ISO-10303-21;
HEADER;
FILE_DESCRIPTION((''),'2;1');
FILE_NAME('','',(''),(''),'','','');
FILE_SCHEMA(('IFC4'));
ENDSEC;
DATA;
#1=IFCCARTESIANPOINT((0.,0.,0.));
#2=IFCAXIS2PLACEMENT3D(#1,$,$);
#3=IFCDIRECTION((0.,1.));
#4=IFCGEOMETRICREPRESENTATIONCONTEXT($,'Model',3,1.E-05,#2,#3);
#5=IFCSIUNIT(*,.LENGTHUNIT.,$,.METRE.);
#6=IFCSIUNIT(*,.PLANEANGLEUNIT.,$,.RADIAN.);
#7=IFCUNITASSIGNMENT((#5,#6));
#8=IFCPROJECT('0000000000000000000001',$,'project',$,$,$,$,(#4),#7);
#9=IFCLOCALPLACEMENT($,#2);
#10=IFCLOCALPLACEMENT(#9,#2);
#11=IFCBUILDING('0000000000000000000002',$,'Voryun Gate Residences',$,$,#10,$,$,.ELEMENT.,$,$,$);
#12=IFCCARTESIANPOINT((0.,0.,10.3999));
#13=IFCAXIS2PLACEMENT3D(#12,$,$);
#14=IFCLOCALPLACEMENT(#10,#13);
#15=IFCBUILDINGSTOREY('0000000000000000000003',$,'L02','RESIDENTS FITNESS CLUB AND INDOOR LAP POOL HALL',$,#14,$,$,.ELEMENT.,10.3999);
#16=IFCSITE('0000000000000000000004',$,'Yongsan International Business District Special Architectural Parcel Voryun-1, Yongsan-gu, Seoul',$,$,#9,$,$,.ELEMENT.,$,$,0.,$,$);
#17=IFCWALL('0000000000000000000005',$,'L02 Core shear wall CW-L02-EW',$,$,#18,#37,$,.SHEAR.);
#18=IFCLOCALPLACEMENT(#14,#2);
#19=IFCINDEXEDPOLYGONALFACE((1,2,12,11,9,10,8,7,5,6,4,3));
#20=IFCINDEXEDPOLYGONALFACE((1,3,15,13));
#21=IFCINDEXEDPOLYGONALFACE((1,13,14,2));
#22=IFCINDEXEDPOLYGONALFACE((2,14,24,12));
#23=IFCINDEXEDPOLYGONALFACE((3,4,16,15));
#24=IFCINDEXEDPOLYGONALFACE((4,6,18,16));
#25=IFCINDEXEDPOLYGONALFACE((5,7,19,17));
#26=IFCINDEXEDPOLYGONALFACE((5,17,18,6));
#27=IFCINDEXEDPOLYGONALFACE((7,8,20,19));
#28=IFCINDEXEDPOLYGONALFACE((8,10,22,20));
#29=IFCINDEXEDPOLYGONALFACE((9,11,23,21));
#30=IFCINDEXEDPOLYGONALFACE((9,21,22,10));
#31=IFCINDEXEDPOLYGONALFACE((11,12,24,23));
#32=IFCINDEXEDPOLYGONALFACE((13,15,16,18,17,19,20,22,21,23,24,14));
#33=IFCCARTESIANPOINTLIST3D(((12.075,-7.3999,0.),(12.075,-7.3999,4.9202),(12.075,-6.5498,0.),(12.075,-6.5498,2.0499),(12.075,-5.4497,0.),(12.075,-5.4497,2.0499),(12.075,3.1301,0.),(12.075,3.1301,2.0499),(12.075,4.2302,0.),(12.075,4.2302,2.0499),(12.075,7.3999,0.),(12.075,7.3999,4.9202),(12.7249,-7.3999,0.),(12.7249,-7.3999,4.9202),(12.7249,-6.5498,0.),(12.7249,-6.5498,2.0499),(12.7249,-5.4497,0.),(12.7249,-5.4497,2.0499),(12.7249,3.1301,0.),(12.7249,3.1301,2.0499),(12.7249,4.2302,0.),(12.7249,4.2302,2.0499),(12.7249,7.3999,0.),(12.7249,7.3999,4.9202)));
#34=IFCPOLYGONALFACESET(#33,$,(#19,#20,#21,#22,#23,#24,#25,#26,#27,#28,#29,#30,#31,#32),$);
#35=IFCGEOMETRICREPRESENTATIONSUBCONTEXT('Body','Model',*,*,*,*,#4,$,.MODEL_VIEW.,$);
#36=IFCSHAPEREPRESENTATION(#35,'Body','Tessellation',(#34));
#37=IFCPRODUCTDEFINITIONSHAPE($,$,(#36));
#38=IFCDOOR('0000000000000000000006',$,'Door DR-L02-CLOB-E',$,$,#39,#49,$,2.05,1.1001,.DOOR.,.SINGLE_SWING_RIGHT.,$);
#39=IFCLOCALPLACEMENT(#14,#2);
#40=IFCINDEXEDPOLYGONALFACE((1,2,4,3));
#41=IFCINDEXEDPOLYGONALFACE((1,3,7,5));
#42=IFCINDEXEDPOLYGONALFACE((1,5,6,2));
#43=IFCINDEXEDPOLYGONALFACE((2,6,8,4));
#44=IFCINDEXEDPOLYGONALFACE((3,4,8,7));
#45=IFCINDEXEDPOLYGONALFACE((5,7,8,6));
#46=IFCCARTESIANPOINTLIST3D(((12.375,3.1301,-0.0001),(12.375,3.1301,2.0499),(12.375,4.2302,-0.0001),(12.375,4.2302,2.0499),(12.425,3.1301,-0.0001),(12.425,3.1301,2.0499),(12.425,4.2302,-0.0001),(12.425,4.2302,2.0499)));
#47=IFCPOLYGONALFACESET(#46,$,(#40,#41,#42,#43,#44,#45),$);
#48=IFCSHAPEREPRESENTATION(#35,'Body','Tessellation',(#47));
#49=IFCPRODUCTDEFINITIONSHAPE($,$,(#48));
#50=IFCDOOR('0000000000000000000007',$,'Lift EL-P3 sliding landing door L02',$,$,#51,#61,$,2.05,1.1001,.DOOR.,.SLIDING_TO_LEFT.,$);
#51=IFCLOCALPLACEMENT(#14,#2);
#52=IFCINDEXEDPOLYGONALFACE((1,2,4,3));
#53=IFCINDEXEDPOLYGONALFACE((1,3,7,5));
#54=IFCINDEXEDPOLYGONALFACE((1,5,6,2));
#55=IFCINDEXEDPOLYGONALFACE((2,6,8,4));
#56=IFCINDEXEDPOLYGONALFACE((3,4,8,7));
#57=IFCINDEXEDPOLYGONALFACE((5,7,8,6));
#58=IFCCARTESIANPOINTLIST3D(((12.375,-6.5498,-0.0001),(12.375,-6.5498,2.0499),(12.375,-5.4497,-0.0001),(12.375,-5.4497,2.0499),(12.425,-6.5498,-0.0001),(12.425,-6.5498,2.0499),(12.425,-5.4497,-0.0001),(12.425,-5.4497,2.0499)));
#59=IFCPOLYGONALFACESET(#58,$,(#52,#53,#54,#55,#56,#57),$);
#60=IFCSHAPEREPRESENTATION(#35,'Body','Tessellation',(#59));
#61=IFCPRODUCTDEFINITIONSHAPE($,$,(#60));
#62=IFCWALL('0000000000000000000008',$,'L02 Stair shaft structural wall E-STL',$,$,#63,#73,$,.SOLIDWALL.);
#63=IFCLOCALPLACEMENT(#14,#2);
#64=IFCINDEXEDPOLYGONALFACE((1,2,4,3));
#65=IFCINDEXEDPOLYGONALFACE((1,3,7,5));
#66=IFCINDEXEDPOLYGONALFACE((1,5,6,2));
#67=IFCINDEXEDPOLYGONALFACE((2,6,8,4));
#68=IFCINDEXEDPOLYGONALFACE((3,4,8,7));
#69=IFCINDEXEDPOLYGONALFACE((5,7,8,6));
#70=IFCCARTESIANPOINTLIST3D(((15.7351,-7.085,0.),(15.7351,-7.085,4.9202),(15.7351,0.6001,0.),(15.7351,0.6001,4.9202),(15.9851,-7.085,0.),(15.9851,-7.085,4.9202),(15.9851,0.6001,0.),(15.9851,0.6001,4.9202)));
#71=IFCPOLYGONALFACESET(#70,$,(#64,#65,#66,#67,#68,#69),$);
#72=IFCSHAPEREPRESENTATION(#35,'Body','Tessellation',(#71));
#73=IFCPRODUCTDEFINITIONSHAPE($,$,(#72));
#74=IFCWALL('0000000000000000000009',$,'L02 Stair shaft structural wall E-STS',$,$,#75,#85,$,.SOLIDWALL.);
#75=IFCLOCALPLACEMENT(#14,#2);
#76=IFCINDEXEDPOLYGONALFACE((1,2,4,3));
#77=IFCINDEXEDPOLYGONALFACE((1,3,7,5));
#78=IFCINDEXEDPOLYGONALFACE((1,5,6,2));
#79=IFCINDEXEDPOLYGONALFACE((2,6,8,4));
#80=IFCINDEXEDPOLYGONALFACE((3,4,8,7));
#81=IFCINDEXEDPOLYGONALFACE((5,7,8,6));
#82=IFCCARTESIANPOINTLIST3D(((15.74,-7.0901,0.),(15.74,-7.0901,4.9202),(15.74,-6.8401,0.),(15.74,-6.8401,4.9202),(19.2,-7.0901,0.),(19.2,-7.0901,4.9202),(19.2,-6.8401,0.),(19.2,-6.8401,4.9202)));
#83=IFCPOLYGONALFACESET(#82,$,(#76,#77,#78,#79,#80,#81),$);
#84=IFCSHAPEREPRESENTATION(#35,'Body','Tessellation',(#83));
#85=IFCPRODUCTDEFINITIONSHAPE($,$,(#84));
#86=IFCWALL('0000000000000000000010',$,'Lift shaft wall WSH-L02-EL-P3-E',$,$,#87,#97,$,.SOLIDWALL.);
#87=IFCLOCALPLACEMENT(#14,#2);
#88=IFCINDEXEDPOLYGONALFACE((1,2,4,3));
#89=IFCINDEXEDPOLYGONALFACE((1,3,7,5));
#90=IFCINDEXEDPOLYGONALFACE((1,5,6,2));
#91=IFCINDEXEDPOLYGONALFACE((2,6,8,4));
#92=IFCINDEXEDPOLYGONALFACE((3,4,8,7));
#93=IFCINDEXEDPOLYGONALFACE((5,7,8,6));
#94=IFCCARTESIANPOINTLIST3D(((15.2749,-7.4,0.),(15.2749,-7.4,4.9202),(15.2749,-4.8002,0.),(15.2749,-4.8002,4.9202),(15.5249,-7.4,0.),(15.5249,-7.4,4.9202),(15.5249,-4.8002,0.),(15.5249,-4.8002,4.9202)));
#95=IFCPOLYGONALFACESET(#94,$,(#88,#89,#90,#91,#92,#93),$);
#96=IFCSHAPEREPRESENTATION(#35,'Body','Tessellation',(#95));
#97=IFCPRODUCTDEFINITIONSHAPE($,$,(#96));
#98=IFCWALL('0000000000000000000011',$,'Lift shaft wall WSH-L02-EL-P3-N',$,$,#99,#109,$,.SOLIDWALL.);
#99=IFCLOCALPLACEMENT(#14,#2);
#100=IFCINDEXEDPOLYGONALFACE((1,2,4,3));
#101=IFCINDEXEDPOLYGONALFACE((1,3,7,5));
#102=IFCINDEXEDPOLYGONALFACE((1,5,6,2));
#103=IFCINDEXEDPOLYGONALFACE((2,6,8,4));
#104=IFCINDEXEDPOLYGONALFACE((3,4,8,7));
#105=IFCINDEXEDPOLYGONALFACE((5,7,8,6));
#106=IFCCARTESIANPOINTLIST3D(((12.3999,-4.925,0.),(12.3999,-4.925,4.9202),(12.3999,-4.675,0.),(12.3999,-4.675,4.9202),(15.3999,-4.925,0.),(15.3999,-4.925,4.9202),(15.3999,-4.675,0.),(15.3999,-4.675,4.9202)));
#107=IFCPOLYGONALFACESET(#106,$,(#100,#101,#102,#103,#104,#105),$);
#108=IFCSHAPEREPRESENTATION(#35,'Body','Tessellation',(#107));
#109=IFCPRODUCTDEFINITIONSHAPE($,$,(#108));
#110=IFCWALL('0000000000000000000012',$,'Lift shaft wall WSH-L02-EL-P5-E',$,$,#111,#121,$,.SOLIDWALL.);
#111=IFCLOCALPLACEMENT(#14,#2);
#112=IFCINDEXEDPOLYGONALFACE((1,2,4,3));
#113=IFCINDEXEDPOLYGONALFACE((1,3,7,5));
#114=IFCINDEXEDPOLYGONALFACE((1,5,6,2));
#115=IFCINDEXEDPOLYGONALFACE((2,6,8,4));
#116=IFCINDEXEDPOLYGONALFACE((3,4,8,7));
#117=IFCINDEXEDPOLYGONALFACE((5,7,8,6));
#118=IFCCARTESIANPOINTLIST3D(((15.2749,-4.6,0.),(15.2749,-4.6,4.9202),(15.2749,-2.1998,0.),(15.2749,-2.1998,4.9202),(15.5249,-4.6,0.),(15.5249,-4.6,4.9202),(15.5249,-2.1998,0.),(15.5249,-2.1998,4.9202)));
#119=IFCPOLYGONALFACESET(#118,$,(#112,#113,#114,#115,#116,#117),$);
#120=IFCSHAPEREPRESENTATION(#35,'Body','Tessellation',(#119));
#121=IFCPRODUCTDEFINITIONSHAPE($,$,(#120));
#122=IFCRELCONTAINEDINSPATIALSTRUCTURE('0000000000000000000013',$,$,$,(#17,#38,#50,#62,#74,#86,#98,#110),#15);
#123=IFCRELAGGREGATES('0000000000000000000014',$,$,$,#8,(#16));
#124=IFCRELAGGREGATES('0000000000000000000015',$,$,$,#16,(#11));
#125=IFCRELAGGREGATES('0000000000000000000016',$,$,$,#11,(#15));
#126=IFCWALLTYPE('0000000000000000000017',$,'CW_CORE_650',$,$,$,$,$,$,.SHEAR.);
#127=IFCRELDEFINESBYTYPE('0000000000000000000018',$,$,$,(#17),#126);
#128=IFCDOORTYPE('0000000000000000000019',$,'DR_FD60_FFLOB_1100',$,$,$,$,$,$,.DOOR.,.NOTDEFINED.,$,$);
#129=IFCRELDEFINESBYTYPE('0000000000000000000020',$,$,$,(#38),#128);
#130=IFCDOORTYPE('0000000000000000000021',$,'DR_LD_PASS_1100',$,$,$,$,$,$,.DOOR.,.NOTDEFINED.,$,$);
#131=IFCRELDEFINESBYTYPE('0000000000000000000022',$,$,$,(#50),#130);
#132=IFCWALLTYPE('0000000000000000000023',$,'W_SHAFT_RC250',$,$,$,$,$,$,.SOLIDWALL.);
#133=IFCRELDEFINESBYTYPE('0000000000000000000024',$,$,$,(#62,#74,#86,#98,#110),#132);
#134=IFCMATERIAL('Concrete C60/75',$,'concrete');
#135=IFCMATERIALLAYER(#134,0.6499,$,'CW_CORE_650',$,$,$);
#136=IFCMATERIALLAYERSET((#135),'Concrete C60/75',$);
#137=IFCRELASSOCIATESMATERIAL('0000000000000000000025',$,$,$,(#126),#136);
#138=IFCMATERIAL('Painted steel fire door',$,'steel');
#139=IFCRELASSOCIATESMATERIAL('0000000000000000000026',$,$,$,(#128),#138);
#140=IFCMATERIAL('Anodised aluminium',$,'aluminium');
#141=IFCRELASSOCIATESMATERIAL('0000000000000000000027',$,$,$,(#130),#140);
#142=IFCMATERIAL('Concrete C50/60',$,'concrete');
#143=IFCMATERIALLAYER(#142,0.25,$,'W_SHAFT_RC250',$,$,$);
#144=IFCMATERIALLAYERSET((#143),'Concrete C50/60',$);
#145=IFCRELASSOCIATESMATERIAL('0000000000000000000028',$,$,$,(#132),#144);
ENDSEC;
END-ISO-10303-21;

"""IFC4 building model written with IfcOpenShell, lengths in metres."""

from ifc_helpers import new_model, si_unit, direction, frame, frame_2d, origin, place, context, subcontext, project, spatial, rectangle, extrude, material, layer, layer_set, type_object, element, fill, save


model = new_model("IFC4")

# Units and contexts
model_context = context("Model", 3, precision=1e-05, world=origin(), true_north=direction((0.0, 1.0)))
body_context = subcontext(model_context, "Body", "Model", "MODEL_VIEW")
ifc_project = project(units=[si_unit("LENGTHUNIT", "METRE"), si_unit("PLANEANGLEUNIT", "RADIAN")], contexts=[model_context])

# Site, building, storey
site_placement = place(None, origin())
site = spatial("IfcSite", under=ifc_project, at=site_placement, Name="Yongsan International Business District Special Architectural Parcel Voryun-1, Yongsan-gu, Seoul", CompositionType="ELEMENT", RefElevation=0.0)
building_placement = place(site_placement, origin())
building = spatial("IfcBuilding", under=site, at=building_placement, Name="Voryun Gate Residences", CompositionType="ELEMENT")
storey_placement = place(building_placement, frame((0.0, 0.0, 10.3999)))
storey = spatial("IfcBuildingStorey", under=building, at=storey_placement, Name="L02", Description="RESIDENTS FITNESS CLUB AND INDOOR LAP POOL HALL", CompositionType="ELEMENT", Elevation=10.3999)

# Wall, openings, doors
ifc_material_1 = material(Name="Concrete C60/75", Category="concrete")
ifc_layer_1 = layer(ifc_material_1, 0.6499, Name="CW_CORE_650")
ifc_layer_set_1 = layer_set([ifc_layer_1], Name="Concrete C60/75")
wall_type_1 = type_object("IfcWallType", Name="CW_CORE_650", PredefinedType="SHEAR", material=ifc_layer_set_1)
wall_1_placement = place(storey_placement, frame((12.3999, -7.3999, 0.0), z_axis=(0.0, 0.0, 1.0), x_axis=(0.0, 1.0, 0.0)))
wall_1 = element("IfcWall", 1, at=wall_1_placement, inside=storey, type_object=wall_type_1, Name="L02 Core shear wall CW-L02-EW", PredefinedType="SHEAR", context=body_context, shape_type="SweptSolid", body=[
    extrude(rectangle(XDim=14.7998, YDim=0.6499, at=frame_2d((7.3999, 0.0))), origin(), (0.0, 0.0, 1.0), 4.9202),
])
opening_1_placement = place(wall_1_placement, frame((0.8501, 0.0, 0.0)))
opening_1 = element("IfcOpeningElement", 2, at=opening_1_placement, cuts=wall_1, PredefinedType="OPENING", context=body_context, shape_type="SweptSolid", body=[
    extrude(rectangle(XDim=1.1001, YDim=2.05, at=frame_2d((0.55, 1.0249))), frame((0.0, 0.335, 0.0), z_axis=(0.0, -1.0, 0.0), x_axis=(1.0, 0.0, 0.0)), (0.0, 0.0, 1.0), 0.6699),
])
opening_2_placement = place(wall_1_placement, frame((10.53, 0.0, 0.0)))
opening_2 = element("IfcOpeningElement", 3, at=opening_2_placement, cuts=wall_1, PredefinedType="OPENING", context=body_context, shape_type="SweptSolid", body=[
    extrude(rectangle(XDim=1.1001, YDim=2.05, at=frame_2d((0.55, 1.0249))), frame((0.0, 0.335, 0.0), z_axis=(0.0, -1.0, 0.0), x_axis=(1.0, 0.0, 0.0)), (0.0, 0.0, 1.0), 0.6699),
])
ifc_material_2 = material(Name="Painted steel fire door", Category="steel")
door_type_1 = type_object("IfcDoorType", Name="DR_FD60_FFLOB_1100", OperationType="NOTDEFINED", PredefinedType="DOOR", material=ifc_material_2)
door_1_placement = place(opening_2_placement, origin())
door_1 = element("IfcDoor", 4, at=door_1_placement, inside=storey, type_object=door_type_1, Name="Door DR-L02-CLOB-E", OperationType="SINGLE_SWING_RIGHT", OverallHeight=2.05, OverallWidth=1.1001, PredefinedType="DOOR", context=body_context, shape_type="SweptSolid", body=[
    extrude(rectangle(XDim=1.1001, YDim=2.05, at=frame_2d((0.55, 1.0249))), frame((0.0, 0.0249, 0.0), z_axis=(0.0, -1.0, 0.0), x_axis=(1.0, 0.0, 0.0)), (0.0, 0.0, 1.0), 0.05),
])
fill(opening_2, door_1)
ifc_material_3 = material(Name="Anodised aluminium", Category="aluminium")
door_type_2 = type_object("IfcDoorType", Name="DR_LD_PASS_1100", OperationType="NOTDEFINED", PredefinedType="DOOR", material=ifc_material_3)
door_2_placement = place(opening_1_placement, origin())
door_2 = element("IfcDoor", 5, at=door_2_placement, inside=storey, type_object=door_type_2, Name="Lift EL-P3 sliding landing door L02", OperationType="SLIDING_TO_LEFT", OverallHeight=2.05, OverallWidth=1.1001, PredefinedType="DOOR", context=body_context, shape_type="SweptSolid", body=[
    extrude(rectangle(XDim=1.1001, YDim=2.05, at=frame_2d((0.55, 1.0249))), frame((0.0, 0.0249, 0.0), z_axis=(0.0, -1.0, 0.0), x_axis=(1.0, 0.0, 0.0)), (0.0, 0.0, 1.0), 0.05),
])
fill(opening_1, door_2)

# Walls
ifc_material_4 = material(Name="Concrete C50/60", Category="concrete")
ifc_layer_2 = layer(ifc_material_4, 0.25, Name="W_SHAFT_RC250")
ifc_layer_set_2 = layer_set([ifc_layer_2], Name="Concrete C50/60")
wall_type_2 = type_object("IfcWallType", Name="W_SHAFT_RC250", PredefinedType="SOLIDWALL", material=ifc_layer_set_2)
wall_2_placement = place(storey_placement, frame((15.8601, -7.085, 0.0), z_axis=(0.0, 0.0, 1.0), x_axis=(0.0, 1.0, 0.0)))
element("IfcWall", 6, at=wall_2_placement, inside=storey, type_object=wall_type_2, Name="L02 Stair shaft structural wall E-STL", PredefinedType="SOLIDWALL", context=body_context, shape_type="SweptSolid", body=[
    extrude(rectangle(XDim=7.6851, YDim=0.25, at=frame_2d((3.8425, 0.0))), origin(), (0.0, 0.0, 1.0), 4.9202),
])
wall_3_placement = place(storey_placement, frame((15.74, -6.9651, 0.0), z_axis=(0.0, 0.0, 1.0), x_axis=(1.0, 0.0, 0.0)))
element("IfcWall", 7, at=wall_3_placement, inside=storey, type_object=wall_type_2, Name="L02 Stair shaft structural wall E-STS", PredefinedType="SOLIDWALL", context=body_context, shape_type="SweptSolid", body=[
    extrude(rectangle(XDim=3.46, YDim=0.25, at=frame_2d((1.73, 0.0))), origin(), (0.0, 0.0, 1.0), 4.9202),
])
wall_4_placement = place(storey_placement, frame((15.3999, -7.3999, 0.0), z_axis=(0.0, 0.0, 1.0), x_axis=(0.0, 1.0, 0.0)))
element("IfcWall", 8, at=wall_4_placement, inside=storey, type_object=wall_type_2, Name="Lift shaft wall WSH-L02-EL-P3-E", PredefinedType="SOLIDWALL", context=body_context, shape_type="SweptSolid", body=[
    extrude(rectangle(XDim=2.5999, YDim=0.25, at=frame_2d((1.2998, 0.0))), origin(), (0.0, 0.0, 1.0), 4.9202),
])
wall_5_placement = place(storey_placement, frame((15.3999, -4.8, 0.0), z_axis=(0.0, 0.0, 1.0), x_axis=(-1.0, 0.0, 0.0)))
element("IfcWall", 9, at=wall_5_placement, inside=storey, type_object=wall_type_2, Name="Lift shaft wall WSH-L02-EL-P3-N", PredefinedType="SOLIDWALL", context=body_context, shape_type="SweptSolid", body=[
    extrude(rectangle(XDim=3.0, YDim=0.25, at=frame_2d((1.5, 0.0))), origin(), (0.0, 0.0, 1.0), 4.9202),
])
wall_6_placement = place(storey_placement, frame((15.3999, -4.6001, 0.0), z_axis=(0.0, 0.0, 1.0), x_axis=(0.0, 1.0, 0.0)))
element("IfcWall", 10, at=wall_6_placement, inside=storey, type_object=wall_type_2, Name="Lift shaft wall WSH-L02-EL-P5-E", PredefinedType="SOLIDWALL", context=body_context, shape_type="SweptSolid", body=[
    extrude(rectangle(XDim=2.4001, YDim=0.25, at=frame_2d((1.2002, 0.0))), origin(), (0.0, 0.0, 1.0), 4.9202),
])

save(model, "model.ifc")
